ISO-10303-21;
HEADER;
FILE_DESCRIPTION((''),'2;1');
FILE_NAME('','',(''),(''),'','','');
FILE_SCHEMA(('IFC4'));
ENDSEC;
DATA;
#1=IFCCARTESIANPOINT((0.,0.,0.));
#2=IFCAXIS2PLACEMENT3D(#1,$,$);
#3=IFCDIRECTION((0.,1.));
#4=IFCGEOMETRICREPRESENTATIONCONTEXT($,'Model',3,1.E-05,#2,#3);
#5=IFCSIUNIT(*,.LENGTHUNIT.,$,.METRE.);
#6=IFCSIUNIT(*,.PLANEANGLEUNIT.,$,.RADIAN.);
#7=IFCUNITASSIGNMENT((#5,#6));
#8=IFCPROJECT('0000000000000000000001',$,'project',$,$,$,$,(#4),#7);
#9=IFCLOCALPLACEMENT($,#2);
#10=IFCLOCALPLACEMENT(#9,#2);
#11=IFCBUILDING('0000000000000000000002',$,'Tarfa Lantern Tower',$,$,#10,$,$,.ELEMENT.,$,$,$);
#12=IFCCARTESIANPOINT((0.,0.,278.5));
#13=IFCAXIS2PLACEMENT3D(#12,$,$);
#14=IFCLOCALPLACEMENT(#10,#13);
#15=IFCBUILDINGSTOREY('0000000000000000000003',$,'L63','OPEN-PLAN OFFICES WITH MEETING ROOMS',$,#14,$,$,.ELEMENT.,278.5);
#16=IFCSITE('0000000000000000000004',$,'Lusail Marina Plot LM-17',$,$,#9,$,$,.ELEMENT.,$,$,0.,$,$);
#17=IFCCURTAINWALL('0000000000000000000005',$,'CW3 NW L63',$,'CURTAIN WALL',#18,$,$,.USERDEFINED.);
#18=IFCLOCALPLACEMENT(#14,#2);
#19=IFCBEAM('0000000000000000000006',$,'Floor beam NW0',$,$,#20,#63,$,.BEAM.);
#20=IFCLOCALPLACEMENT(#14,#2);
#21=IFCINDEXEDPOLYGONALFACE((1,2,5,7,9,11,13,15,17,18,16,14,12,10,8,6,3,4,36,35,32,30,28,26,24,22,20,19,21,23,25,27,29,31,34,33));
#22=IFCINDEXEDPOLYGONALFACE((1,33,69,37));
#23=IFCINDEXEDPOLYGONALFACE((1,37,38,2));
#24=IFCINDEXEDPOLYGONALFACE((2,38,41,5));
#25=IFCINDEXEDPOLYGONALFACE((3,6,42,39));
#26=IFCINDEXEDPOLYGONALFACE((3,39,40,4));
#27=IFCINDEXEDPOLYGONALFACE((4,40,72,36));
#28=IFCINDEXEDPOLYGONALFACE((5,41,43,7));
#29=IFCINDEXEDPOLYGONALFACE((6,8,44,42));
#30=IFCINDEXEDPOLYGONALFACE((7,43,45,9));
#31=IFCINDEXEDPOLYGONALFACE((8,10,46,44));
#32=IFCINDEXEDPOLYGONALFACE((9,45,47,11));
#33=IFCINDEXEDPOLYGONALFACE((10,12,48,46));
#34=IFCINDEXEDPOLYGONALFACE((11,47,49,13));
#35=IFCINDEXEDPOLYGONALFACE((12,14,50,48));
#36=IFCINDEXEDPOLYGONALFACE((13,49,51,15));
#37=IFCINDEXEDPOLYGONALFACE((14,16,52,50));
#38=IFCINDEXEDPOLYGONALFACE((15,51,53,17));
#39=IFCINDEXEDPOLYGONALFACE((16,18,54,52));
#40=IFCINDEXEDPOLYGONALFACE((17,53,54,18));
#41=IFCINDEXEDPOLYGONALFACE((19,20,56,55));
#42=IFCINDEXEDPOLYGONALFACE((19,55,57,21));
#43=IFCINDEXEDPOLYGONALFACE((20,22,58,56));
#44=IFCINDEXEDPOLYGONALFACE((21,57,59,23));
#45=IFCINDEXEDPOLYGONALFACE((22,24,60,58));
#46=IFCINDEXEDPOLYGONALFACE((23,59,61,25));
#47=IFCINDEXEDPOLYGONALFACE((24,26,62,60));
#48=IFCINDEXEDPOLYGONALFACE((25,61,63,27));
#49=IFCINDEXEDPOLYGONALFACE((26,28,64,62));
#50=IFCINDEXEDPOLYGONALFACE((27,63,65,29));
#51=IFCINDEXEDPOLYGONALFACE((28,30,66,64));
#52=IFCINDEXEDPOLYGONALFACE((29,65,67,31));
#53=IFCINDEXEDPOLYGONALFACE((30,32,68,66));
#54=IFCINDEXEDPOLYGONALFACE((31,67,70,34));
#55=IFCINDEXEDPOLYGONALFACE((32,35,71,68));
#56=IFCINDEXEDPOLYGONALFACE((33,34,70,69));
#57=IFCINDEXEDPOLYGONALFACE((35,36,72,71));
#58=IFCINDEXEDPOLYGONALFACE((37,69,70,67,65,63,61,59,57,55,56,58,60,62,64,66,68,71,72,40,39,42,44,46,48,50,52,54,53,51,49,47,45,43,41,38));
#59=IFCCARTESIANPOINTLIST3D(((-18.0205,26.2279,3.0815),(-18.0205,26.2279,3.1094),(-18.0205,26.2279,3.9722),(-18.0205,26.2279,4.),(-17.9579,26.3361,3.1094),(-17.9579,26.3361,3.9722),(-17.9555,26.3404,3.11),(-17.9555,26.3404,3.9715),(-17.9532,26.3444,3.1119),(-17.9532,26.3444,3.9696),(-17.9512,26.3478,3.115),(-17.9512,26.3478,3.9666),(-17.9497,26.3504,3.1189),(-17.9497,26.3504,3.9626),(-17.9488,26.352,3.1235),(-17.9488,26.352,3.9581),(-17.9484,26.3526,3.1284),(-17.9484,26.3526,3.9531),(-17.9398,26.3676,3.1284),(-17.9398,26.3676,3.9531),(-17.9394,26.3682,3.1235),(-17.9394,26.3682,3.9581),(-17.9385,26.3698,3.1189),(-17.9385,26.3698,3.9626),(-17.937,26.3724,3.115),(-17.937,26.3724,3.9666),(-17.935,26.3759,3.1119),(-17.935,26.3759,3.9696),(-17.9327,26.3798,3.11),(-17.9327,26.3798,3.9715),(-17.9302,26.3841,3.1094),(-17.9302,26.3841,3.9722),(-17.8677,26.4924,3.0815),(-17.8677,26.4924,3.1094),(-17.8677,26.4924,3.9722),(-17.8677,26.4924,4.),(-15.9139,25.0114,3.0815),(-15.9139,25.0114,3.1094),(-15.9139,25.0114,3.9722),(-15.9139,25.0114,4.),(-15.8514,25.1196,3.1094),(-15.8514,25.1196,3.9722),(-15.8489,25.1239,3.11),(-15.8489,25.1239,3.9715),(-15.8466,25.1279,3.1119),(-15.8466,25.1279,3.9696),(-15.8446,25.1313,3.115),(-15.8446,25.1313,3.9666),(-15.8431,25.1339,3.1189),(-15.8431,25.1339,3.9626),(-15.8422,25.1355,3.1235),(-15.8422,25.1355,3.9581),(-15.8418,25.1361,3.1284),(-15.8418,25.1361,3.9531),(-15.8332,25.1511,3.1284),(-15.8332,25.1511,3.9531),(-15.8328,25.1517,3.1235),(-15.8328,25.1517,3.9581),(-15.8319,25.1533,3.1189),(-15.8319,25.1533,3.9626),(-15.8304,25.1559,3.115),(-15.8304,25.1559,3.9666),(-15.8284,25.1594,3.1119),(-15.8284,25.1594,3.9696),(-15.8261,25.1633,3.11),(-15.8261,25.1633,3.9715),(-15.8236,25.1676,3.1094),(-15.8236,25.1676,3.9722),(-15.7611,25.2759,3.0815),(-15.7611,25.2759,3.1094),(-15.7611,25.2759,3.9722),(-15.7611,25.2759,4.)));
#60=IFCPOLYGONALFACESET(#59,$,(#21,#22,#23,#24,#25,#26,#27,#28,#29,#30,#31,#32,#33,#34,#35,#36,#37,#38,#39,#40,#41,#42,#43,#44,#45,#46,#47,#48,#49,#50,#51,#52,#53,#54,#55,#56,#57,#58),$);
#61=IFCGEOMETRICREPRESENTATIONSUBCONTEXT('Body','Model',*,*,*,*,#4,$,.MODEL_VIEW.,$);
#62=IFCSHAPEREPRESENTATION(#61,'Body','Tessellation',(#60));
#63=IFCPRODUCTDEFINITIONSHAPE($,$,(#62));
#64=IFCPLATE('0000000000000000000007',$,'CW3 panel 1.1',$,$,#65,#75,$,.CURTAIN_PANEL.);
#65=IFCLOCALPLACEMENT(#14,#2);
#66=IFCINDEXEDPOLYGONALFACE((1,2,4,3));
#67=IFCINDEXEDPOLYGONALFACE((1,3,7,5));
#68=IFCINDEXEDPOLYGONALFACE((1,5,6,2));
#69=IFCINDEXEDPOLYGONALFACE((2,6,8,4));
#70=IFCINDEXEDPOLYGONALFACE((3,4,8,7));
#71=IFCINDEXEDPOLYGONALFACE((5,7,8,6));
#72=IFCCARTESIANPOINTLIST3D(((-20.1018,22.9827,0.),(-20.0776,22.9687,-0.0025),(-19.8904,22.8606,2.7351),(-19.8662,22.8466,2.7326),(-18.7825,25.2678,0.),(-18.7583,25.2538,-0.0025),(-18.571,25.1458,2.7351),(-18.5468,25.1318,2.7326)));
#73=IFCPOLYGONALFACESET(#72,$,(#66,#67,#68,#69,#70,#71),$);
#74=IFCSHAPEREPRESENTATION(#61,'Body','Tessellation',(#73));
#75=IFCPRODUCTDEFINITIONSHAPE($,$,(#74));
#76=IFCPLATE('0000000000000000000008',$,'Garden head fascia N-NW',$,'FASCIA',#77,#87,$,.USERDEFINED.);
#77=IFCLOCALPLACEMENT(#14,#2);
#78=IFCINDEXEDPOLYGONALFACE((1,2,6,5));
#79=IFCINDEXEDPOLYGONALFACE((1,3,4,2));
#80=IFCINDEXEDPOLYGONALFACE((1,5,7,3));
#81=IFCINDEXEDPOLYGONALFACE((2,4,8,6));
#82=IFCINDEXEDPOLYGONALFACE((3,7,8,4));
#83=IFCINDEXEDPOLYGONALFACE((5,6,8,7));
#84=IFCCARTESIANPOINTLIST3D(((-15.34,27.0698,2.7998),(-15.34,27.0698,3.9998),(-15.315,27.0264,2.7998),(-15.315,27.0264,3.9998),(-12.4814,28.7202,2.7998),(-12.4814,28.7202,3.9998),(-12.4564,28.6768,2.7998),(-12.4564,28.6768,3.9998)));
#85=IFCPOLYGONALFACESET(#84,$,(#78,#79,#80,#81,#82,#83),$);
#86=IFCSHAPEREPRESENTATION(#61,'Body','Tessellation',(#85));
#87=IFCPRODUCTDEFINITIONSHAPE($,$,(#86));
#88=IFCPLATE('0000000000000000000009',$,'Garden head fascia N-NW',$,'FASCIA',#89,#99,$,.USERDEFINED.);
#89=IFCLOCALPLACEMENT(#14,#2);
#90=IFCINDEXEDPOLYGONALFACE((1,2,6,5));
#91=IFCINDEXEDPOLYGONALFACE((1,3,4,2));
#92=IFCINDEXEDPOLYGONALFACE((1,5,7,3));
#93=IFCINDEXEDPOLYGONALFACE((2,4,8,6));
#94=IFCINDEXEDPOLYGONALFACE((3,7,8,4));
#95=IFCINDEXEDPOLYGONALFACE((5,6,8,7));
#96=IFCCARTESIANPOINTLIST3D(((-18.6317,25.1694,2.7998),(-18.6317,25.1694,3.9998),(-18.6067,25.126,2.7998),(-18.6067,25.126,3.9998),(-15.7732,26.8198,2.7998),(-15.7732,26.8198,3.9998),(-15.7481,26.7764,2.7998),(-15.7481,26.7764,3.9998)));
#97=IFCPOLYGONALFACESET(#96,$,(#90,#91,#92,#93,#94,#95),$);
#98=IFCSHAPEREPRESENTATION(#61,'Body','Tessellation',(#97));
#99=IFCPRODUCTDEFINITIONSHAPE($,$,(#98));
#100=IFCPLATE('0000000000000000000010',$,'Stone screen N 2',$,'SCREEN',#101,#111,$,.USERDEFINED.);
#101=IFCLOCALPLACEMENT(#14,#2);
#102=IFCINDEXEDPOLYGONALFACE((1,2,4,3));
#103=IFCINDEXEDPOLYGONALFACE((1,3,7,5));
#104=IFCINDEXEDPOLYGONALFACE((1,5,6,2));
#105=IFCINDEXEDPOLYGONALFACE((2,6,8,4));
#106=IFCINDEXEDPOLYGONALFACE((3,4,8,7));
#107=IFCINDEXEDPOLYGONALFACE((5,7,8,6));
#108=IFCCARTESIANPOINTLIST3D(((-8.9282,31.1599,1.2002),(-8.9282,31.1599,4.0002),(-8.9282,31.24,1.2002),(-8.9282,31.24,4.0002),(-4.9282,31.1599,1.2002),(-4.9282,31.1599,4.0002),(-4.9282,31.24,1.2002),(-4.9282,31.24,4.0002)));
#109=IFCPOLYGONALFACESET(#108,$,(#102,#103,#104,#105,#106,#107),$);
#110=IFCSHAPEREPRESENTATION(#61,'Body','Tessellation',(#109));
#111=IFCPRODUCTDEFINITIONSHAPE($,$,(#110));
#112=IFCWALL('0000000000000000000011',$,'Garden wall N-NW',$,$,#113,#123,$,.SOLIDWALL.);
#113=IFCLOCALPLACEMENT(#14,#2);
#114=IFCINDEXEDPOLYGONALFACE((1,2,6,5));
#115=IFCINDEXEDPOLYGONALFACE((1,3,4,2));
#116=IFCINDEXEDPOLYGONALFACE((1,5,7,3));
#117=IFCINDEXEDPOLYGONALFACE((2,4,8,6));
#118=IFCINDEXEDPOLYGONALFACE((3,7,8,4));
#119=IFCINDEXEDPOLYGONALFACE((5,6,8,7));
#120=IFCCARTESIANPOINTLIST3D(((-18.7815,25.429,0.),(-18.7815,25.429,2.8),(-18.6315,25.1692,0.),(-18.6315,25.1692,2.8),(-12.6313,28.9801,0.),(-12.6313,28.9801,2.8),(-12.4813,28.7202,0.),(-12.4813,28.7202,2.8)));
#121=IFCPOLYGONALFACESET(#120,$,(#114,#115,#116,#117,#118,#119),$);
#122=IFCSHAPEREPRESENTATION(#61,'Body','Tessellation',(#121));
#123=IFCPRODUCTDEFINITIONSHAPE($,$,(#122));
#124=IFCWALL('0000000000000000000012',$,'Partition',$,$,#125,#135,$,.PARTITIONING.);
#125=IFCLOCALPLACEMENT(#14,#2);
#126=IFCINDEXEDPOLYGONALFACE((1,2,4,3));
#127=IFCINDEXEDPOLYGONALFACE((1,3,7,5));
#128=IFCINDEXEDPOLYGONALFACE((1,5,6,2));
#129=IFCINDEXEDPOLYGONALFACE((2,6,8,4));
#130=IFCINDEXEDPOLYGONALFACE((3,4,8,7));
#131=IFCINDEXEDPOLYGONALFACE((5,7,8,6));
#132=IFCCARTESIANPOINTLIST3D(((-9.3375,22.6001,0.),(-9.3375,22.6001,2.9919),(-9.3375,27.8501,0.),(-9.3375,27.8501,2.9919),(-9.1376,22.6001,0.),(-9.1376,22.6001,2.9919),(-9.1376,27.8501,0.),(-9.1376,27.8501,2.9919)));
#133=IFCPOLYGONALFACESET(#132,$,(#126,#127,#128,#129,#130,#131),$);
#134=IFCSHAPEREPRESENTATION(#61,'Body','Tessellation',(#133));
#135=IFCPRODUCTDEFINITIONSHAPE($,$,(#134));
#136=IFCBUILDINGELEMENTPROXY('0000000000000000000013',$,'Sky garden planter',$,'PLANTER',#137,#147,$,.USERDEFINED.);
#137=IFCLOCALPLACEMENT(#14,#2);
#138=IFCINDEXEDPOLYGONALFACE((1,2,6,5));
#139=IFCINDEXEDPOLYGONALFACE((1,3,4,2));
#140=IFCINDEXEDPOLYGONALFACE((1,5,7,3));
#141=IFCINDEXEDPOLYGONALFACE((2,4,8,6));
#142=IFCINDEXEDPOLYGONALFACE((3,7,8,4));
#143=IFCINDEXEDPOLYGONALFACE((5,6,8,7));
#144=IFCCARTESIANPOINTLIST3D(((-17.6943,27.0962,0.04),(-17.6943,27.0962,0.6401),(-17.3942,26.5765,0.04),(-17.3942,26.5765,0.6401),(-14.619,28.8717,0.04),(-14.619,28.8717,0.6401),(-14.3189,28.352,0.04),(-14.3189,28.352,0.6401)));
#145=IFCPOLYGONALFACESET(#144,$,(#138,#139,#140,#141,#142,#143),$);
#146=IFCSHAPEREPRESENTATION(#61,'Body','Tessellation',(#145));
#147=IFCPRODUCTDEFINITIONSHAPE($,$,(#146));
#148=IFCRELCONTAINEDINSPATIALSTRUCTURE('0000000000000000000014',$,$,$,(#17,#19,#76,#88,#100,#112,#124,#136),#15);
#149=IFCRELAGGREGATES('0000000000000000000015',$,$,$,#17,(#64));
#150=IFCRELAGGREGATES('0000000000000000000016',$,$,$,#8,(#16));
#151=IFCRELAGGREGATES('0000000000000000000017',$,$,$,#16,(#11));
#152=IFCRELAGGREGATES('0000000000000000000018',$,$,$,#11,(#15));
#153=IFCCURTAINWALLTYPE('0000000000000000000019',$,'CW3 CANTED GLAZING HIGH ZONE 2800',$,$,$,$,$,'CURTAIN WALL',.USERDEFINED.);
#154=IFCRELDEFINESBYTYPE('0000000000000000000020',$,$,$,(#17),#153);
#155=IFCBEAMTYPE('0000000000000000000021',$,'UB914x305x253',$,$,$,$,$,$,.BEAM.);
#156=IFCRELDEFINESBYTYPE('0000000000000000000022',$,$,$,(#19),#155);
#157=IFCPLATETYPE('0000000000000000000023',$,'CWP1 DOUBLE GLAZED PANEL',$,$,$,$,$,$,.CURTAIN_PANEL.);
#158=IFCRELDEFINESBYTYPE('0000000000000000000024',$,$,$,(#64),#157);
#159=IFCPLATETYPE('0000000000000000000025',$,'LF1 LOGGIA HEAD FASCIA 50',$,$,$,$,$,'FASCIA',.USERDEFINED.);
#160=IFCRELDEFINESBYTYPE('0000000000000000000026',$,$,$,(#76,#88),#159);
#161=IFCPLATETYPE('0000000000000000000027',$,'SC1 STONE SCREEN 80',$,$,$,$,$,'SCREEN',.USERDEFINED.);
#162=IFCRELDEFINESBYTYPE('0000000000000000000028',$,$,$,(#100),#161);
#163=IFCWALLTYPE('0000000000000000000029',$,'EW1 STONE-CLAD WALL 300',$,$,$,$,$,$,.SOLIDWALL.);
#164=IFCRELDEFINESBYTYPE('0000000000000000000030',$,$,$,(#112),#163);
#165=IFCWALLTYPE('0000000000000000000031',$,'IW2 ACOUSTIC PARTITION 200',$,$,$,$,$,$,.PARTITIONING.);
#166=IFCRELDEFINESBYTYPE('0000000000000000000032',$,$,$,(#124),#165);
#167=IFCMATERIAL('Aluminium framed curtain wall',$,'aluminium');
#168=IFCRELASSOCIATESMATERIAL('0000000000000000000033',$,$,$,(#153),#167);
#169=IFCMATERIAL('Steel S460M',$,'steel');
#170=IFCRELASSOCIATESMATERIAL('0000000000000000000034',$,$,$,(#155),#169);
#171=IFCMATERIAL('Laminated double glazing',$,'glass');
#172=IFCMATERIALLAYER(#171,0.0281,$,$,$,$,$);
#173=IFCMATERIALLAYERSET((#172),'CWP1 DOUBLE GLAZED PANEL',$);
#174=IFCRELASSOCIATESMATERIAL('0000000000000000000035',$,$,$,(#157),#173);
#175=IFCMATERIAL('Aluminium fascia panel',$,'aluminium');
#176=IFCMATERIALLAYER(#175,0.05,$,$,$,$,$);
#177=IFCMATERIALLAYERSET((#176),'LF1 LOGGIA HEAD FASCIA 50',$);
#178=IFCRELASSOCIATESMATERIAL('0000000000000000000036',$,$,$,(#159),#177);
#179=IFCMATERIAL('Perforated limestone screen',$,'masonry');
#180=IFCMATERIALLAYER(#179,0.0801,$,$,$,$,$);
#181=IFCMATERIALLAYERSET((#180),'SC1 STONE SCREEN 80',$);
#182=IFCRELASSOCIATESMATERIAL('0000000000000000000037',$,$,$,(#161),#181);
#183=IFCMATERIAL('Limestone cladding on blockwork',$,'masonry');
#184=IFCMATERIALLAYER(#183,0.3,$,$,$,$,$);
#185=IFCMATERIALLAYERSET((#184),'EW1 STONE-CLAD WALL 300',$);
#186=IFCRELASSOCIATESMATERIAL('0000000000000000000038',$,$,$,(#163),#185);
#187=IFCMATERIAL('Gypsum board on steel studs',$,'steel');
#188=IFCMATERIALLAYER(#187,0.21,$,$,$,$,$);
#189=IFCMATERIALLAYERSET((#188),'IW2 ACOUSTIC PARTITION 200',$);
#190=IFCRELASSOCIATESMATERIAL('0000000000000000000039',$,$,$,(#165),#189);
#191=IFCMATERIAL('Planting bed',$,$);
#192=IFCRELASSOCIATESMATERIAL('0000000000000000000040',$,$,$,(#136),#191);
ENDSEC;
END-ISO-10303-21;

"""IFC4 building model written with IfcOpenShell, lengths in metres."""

from ifc_helpers import new_model, si_unit, direction, frame, frame_2d, origin, origin_2d, place, context, subcontext, project, spatial, polyline, rectangle, i_section, outline, extrude, material, layer, layer_set, material_profile, profile_set, type_object, element, aggregate, save


model = new_model("IFC4")

# Units and contexts
model_context = context("Model", 3, precision=1e-05, world=origin(), true_north=direction((0.0, 1.0)))
body_context = subcontext(model_context, "Body", "Model", "MODEL_VIEW")
ifc_project = project(units=[si_unit("LENGTHUNIT", "METRE"), si_unit("PLANEANGLEUNIT", "RADIAN")], contexts=[model_context])

# Site, building, storey
site_placement = place(None, origin())
site = spatial("IfcSite", under=ifc_project, at=site_placement, Name="Lusail Marina Plot LM-17", CompositionType="ELEMENT", RefElevation=0.0)
building_placement = place(site_placement, origin())
building = spatial("IfcBuilding", under=site, at=building_placement, Name="Tarfa Lantern Tower", CompositionType="ELEMENT")
storey_placement = place(building_placement, frame((0.0, 0.0, 278.5)))
storey = spatial("IfcBuildingStorey", under=building, at=storey_placement, Name="L63", Description="OPEN-PLAN OFFICES WITH MEETING ROOMS", CompositionType="ELEMENT", Elevation=278.5)

# Curtain wall
ifc_material_1 = material(Name="Aluminium framed curtain wall", Category="aluminium")
curtain_wall_type = type_object("IfcCurtainWallType", Name="CW3 CANTED GLAZING HIGH ZONE 2800", ElementType="CURTAIN WALL", PredefinedType="USERDEFINED", material=ifc_material_1)
curtain_wall_placement = place(storey_placement, origin())
curtain_wall = element("IfcCurtainWall", 1, at=curtain_wall_placement, inside=storey, type_object=curtain_wall_type, Name="CW3 NW L63", ObjectType="CURTAIN WALL", PredefinedType="USERDEFINED")

# Beam
ifc_material_2 = material(Name="Steel S460M", Category="steel")
ifc_material_profile_1 = material_profile(ifc_material_2, i_section(OverallWidth=0.3054, OverallDepth=0.9185, WebThickness=0.0173, FlangeThickness=0.0278, FilletRadius=0.019, at=origin_2d()), Name="UB914x305x253")
ifc_profile_set_1 = profile_set([ifc_material_profile_1], Name="Steel S460M")
beam_type_1 = type_object("IfcBeamType", Name="UB914x305x253", PredefinedType="BEAM", material=ifc_profile_set_1)
beam_1_placement = place(storey_placement, frame((-17.9441, 26.3601, 3.5408), z_axis=(0.86598, -0.500079, 0.0), x_axis=(0.500079, 0.86598, 0.0)))
element("IfcBeam", 2, at=beam_1_placement, inside=storey, type_object=beam_type_1, Name="Floor beam NW0", PredefinedType="BEAM", context=body_context, shape_type="SweptSolid", body=[
    extrude(i_section(OverallWidth=0.3054, OverallDepth=0.9185, WebThickness=0.0173, FlangeThickness=0.0278, FilletRadius=0.019, at=origin_2d()), origin(), (0.0, 0.0, 1.0), 2.4326),
])

# Plate
ifc_material_3 = material(Name="Laminated double glazing", Category="glass")
ifc_layer_1 = layer(ifc_material_3, 0.0281)
ifc_layer_set_1 = layer_set([ifc_layer_1], Name="CWP1 DOUBLE GLAZED PANEL")
plate_type_1 = type_object("IfcPlateType", Name="CWP1 DOUBLE GLAZED PANEL", PredefinedType="CURTAIN_PANEL", material=ifc_layer_set_1)
plate_1_placement = place(storey_placement, frame((-18.7825, 25.2678, 0.0), z_axis=(-0.862596, 0.49802, 0.088906), x_axis=(-0.5, -0.866025, 0.0)))
plate_1 = element("IfcPlate", 3, at=plate_1_placement, type_object=plate_type_1, Name="CW3 panel 1.1", PredefinedType="CURTAIN_PANEL", context=body_context, shape_type="SweptSolid", body=[
    extrude(outline(polyline([(0.0, 0.0), (2.6387, 0.0), (2.6387, 2.746), (0.0, 2.746), (0.0, 0.0)])), origin(), (0.0, 0.0, -1.0), 0.0281),
])
aggregate(curtain_wall, [plate_1])

# Plates
ifc_material_4 = material(Name="Aluminium fascia panel", Category="aluminium")
ifc_layer_2 = layer(ifc_material_4, 0.05)
ifc_layer_set_2 = layer_set([ifc_layer_2], Name="LF1 LOGGIA HEAD FASCIA 50")
plate_type_2 = type_object("IfcPlateType", Name="LF1 LOGGIA HEAD FASCIA 50", ElementType="FASCIA", PredefinedType="USERDEFINED", material=ifc_layer_set_2)
for number, where, z_axis, x_axis, name in (
    (4, (-13.8982, 27.8733, 2.7998), (0.0, 0.0, 1.0), (-0.866025, -0.5, 0.0), "Garden head fascia N-NW"),
    (5, (-17.1899, 25.9729, 2.7998), (0.0, 0.0, 1.0), (-0.866025, -0.5, 0.0), "Garden head fascia N-NW"),
):
    element("IfcPlate", number, at=place(storey_placement, frame(where, z_axis=z_axis, x_axis=x_axis)), inside=storey, type_object=plate_type_2, Name=name, ObjectType="FASCIA", PredefinedType="USERDEFINED", context=body_context, shape_type="SweptSolid", body=[
        extrude(rectangle(XDim=3.3008, YDim=0.05, at=origin_2d()), origin(), (0.0, 0.0, 1.0), 1.2),
    ])
ifc_material_5 = material(Name="Perforated limestone screen", Category="masonry")
ifc_layer_3 = layer(ifc_material_5, 0.0801)
ifc_layer_set_3 = layer_set([ifc_layer_3], Name="SC1 STONE SCREEN 80")
plate_type_3 = type_object("IfcPlateType", Name="SC1 STONE SCREEN 80", ElementType="SCREEN", PredefinedType="USERDEFINED", material=ifc_layer_set_3)
plate_2_placement = place(storey_placement, frame((-6.9282, 31.2, 1.2002), z_axis=(0.0, 0.0, 1.0), x_axis=(-1.0, 0.0, 0.0)))
element("IfcPlate", 6, at=plate_2_placement, inside=storey, type_object=plate_type_3, Name="Stone screen N 2", ObjectType="SCREEN", PredefinedType="USERDEFINED", context=body_context, shape_type="SweptSolid", body=[
    extrude(rectangle(XDim=4.0, YDim=0.0801, at=origin_2d()), origin(), (0.0, 0.0, 1.0), 2.8),
])

# Walls
ifc_material_6 = material(Name="Limestone cladding on blockwork", Category="masonry")
ifc_layer_4 = layer(ifc_material_6, 0.3)
ifc_layer_set_4 = layer_set([ifc_layer_4], Name="EW1 STONE-CLAD WALL 300")
wall_type_1 = type_object("IfcWallType", Name="EW1 STONE-CLAD WALL 300", PredefinedType="SOLIDWALL", material=ifc_layer_set_4)
wall_1_placement = place(storey_placement, frame((-12.5564, 28.8501, 0.0), z_axis=(0.0, 0.0, 1.0), x_axis=(-0.866011, -0.500025, 0.0)))
element("IfcWall", 7, at=wall_1_placement, inside=storey, type_object=wall_type_1, Name="Garden wall N-NW", PredefinedType="SOLIDWALL", context=body_context, shape_type="SweptSolid", body=[
    extrude(rectangle(XDim=7.1018, YDim=0.3, at=frame_2d((3.5508, 0.0))), origin(), (0.0, 0.0, 1.0), 2.8),
])
ifc_material_7 = material(Name="Gypsum board on steel studs", Category="steel")
ifc_layer_5 = layer(ifc_material_7, 0.21)
ifc_layer_set_5 = layer_set([ifc_layer_5], Name="IW2 ACOUSTIC PARTITION 200")
wall_type_2 = type_object("IfcWallType", Name="IW2 ACOUSTIC PARTITION 200", PredefinedType="PARTITIONING", material=ifc_layer_set_5)
wall_2_placement = place(storey_placement, frame((-9.2375, 22.6001, 0.0), z_axis=(0.0, 0.0, 1.0), x_axis=(0.0, 1.0, 0.0)))
element("IfcWall", 8, at=wall_2_placement, inside=storey, type_object=wall_type_2, Name="Partition", PredefinedType="PARTITIONING", context=body_context, shape_type="SweptSolid", body=[
    extrude(rectangle(XDim=5.25, YDim=0.2, at=frame_2d((2.625, 0.0))), origin(), (0.0, 0.0, 1.0), 2.9919),
])

# Building element proxy
ifc_material_8 = material(Name="Planting bed")
proxy_placement = place(storey_placement, frame((-16.0066, 27.7241, 0.04), z_axis=(0.0, 0.0, 1.0), x_axis=(-0.866025, -0.5, 0.0)))
element("IfcBuildingElementProxy", 9, at=proxy_placement, inside=storey, material=ifc_material_8, Name="Sky garden planter", ObjectType="PLANTER", PredefinedType="USERDEFINED", context=body_context, shape_type="SweptSolid", body=[
    extrude(rectangle(XDim=3.551, YDim=0.6001, at=origin_2d()), origin(), (0.0, 0.0, 1.0), 0.6001),
])

save(model, "model.ifc")
